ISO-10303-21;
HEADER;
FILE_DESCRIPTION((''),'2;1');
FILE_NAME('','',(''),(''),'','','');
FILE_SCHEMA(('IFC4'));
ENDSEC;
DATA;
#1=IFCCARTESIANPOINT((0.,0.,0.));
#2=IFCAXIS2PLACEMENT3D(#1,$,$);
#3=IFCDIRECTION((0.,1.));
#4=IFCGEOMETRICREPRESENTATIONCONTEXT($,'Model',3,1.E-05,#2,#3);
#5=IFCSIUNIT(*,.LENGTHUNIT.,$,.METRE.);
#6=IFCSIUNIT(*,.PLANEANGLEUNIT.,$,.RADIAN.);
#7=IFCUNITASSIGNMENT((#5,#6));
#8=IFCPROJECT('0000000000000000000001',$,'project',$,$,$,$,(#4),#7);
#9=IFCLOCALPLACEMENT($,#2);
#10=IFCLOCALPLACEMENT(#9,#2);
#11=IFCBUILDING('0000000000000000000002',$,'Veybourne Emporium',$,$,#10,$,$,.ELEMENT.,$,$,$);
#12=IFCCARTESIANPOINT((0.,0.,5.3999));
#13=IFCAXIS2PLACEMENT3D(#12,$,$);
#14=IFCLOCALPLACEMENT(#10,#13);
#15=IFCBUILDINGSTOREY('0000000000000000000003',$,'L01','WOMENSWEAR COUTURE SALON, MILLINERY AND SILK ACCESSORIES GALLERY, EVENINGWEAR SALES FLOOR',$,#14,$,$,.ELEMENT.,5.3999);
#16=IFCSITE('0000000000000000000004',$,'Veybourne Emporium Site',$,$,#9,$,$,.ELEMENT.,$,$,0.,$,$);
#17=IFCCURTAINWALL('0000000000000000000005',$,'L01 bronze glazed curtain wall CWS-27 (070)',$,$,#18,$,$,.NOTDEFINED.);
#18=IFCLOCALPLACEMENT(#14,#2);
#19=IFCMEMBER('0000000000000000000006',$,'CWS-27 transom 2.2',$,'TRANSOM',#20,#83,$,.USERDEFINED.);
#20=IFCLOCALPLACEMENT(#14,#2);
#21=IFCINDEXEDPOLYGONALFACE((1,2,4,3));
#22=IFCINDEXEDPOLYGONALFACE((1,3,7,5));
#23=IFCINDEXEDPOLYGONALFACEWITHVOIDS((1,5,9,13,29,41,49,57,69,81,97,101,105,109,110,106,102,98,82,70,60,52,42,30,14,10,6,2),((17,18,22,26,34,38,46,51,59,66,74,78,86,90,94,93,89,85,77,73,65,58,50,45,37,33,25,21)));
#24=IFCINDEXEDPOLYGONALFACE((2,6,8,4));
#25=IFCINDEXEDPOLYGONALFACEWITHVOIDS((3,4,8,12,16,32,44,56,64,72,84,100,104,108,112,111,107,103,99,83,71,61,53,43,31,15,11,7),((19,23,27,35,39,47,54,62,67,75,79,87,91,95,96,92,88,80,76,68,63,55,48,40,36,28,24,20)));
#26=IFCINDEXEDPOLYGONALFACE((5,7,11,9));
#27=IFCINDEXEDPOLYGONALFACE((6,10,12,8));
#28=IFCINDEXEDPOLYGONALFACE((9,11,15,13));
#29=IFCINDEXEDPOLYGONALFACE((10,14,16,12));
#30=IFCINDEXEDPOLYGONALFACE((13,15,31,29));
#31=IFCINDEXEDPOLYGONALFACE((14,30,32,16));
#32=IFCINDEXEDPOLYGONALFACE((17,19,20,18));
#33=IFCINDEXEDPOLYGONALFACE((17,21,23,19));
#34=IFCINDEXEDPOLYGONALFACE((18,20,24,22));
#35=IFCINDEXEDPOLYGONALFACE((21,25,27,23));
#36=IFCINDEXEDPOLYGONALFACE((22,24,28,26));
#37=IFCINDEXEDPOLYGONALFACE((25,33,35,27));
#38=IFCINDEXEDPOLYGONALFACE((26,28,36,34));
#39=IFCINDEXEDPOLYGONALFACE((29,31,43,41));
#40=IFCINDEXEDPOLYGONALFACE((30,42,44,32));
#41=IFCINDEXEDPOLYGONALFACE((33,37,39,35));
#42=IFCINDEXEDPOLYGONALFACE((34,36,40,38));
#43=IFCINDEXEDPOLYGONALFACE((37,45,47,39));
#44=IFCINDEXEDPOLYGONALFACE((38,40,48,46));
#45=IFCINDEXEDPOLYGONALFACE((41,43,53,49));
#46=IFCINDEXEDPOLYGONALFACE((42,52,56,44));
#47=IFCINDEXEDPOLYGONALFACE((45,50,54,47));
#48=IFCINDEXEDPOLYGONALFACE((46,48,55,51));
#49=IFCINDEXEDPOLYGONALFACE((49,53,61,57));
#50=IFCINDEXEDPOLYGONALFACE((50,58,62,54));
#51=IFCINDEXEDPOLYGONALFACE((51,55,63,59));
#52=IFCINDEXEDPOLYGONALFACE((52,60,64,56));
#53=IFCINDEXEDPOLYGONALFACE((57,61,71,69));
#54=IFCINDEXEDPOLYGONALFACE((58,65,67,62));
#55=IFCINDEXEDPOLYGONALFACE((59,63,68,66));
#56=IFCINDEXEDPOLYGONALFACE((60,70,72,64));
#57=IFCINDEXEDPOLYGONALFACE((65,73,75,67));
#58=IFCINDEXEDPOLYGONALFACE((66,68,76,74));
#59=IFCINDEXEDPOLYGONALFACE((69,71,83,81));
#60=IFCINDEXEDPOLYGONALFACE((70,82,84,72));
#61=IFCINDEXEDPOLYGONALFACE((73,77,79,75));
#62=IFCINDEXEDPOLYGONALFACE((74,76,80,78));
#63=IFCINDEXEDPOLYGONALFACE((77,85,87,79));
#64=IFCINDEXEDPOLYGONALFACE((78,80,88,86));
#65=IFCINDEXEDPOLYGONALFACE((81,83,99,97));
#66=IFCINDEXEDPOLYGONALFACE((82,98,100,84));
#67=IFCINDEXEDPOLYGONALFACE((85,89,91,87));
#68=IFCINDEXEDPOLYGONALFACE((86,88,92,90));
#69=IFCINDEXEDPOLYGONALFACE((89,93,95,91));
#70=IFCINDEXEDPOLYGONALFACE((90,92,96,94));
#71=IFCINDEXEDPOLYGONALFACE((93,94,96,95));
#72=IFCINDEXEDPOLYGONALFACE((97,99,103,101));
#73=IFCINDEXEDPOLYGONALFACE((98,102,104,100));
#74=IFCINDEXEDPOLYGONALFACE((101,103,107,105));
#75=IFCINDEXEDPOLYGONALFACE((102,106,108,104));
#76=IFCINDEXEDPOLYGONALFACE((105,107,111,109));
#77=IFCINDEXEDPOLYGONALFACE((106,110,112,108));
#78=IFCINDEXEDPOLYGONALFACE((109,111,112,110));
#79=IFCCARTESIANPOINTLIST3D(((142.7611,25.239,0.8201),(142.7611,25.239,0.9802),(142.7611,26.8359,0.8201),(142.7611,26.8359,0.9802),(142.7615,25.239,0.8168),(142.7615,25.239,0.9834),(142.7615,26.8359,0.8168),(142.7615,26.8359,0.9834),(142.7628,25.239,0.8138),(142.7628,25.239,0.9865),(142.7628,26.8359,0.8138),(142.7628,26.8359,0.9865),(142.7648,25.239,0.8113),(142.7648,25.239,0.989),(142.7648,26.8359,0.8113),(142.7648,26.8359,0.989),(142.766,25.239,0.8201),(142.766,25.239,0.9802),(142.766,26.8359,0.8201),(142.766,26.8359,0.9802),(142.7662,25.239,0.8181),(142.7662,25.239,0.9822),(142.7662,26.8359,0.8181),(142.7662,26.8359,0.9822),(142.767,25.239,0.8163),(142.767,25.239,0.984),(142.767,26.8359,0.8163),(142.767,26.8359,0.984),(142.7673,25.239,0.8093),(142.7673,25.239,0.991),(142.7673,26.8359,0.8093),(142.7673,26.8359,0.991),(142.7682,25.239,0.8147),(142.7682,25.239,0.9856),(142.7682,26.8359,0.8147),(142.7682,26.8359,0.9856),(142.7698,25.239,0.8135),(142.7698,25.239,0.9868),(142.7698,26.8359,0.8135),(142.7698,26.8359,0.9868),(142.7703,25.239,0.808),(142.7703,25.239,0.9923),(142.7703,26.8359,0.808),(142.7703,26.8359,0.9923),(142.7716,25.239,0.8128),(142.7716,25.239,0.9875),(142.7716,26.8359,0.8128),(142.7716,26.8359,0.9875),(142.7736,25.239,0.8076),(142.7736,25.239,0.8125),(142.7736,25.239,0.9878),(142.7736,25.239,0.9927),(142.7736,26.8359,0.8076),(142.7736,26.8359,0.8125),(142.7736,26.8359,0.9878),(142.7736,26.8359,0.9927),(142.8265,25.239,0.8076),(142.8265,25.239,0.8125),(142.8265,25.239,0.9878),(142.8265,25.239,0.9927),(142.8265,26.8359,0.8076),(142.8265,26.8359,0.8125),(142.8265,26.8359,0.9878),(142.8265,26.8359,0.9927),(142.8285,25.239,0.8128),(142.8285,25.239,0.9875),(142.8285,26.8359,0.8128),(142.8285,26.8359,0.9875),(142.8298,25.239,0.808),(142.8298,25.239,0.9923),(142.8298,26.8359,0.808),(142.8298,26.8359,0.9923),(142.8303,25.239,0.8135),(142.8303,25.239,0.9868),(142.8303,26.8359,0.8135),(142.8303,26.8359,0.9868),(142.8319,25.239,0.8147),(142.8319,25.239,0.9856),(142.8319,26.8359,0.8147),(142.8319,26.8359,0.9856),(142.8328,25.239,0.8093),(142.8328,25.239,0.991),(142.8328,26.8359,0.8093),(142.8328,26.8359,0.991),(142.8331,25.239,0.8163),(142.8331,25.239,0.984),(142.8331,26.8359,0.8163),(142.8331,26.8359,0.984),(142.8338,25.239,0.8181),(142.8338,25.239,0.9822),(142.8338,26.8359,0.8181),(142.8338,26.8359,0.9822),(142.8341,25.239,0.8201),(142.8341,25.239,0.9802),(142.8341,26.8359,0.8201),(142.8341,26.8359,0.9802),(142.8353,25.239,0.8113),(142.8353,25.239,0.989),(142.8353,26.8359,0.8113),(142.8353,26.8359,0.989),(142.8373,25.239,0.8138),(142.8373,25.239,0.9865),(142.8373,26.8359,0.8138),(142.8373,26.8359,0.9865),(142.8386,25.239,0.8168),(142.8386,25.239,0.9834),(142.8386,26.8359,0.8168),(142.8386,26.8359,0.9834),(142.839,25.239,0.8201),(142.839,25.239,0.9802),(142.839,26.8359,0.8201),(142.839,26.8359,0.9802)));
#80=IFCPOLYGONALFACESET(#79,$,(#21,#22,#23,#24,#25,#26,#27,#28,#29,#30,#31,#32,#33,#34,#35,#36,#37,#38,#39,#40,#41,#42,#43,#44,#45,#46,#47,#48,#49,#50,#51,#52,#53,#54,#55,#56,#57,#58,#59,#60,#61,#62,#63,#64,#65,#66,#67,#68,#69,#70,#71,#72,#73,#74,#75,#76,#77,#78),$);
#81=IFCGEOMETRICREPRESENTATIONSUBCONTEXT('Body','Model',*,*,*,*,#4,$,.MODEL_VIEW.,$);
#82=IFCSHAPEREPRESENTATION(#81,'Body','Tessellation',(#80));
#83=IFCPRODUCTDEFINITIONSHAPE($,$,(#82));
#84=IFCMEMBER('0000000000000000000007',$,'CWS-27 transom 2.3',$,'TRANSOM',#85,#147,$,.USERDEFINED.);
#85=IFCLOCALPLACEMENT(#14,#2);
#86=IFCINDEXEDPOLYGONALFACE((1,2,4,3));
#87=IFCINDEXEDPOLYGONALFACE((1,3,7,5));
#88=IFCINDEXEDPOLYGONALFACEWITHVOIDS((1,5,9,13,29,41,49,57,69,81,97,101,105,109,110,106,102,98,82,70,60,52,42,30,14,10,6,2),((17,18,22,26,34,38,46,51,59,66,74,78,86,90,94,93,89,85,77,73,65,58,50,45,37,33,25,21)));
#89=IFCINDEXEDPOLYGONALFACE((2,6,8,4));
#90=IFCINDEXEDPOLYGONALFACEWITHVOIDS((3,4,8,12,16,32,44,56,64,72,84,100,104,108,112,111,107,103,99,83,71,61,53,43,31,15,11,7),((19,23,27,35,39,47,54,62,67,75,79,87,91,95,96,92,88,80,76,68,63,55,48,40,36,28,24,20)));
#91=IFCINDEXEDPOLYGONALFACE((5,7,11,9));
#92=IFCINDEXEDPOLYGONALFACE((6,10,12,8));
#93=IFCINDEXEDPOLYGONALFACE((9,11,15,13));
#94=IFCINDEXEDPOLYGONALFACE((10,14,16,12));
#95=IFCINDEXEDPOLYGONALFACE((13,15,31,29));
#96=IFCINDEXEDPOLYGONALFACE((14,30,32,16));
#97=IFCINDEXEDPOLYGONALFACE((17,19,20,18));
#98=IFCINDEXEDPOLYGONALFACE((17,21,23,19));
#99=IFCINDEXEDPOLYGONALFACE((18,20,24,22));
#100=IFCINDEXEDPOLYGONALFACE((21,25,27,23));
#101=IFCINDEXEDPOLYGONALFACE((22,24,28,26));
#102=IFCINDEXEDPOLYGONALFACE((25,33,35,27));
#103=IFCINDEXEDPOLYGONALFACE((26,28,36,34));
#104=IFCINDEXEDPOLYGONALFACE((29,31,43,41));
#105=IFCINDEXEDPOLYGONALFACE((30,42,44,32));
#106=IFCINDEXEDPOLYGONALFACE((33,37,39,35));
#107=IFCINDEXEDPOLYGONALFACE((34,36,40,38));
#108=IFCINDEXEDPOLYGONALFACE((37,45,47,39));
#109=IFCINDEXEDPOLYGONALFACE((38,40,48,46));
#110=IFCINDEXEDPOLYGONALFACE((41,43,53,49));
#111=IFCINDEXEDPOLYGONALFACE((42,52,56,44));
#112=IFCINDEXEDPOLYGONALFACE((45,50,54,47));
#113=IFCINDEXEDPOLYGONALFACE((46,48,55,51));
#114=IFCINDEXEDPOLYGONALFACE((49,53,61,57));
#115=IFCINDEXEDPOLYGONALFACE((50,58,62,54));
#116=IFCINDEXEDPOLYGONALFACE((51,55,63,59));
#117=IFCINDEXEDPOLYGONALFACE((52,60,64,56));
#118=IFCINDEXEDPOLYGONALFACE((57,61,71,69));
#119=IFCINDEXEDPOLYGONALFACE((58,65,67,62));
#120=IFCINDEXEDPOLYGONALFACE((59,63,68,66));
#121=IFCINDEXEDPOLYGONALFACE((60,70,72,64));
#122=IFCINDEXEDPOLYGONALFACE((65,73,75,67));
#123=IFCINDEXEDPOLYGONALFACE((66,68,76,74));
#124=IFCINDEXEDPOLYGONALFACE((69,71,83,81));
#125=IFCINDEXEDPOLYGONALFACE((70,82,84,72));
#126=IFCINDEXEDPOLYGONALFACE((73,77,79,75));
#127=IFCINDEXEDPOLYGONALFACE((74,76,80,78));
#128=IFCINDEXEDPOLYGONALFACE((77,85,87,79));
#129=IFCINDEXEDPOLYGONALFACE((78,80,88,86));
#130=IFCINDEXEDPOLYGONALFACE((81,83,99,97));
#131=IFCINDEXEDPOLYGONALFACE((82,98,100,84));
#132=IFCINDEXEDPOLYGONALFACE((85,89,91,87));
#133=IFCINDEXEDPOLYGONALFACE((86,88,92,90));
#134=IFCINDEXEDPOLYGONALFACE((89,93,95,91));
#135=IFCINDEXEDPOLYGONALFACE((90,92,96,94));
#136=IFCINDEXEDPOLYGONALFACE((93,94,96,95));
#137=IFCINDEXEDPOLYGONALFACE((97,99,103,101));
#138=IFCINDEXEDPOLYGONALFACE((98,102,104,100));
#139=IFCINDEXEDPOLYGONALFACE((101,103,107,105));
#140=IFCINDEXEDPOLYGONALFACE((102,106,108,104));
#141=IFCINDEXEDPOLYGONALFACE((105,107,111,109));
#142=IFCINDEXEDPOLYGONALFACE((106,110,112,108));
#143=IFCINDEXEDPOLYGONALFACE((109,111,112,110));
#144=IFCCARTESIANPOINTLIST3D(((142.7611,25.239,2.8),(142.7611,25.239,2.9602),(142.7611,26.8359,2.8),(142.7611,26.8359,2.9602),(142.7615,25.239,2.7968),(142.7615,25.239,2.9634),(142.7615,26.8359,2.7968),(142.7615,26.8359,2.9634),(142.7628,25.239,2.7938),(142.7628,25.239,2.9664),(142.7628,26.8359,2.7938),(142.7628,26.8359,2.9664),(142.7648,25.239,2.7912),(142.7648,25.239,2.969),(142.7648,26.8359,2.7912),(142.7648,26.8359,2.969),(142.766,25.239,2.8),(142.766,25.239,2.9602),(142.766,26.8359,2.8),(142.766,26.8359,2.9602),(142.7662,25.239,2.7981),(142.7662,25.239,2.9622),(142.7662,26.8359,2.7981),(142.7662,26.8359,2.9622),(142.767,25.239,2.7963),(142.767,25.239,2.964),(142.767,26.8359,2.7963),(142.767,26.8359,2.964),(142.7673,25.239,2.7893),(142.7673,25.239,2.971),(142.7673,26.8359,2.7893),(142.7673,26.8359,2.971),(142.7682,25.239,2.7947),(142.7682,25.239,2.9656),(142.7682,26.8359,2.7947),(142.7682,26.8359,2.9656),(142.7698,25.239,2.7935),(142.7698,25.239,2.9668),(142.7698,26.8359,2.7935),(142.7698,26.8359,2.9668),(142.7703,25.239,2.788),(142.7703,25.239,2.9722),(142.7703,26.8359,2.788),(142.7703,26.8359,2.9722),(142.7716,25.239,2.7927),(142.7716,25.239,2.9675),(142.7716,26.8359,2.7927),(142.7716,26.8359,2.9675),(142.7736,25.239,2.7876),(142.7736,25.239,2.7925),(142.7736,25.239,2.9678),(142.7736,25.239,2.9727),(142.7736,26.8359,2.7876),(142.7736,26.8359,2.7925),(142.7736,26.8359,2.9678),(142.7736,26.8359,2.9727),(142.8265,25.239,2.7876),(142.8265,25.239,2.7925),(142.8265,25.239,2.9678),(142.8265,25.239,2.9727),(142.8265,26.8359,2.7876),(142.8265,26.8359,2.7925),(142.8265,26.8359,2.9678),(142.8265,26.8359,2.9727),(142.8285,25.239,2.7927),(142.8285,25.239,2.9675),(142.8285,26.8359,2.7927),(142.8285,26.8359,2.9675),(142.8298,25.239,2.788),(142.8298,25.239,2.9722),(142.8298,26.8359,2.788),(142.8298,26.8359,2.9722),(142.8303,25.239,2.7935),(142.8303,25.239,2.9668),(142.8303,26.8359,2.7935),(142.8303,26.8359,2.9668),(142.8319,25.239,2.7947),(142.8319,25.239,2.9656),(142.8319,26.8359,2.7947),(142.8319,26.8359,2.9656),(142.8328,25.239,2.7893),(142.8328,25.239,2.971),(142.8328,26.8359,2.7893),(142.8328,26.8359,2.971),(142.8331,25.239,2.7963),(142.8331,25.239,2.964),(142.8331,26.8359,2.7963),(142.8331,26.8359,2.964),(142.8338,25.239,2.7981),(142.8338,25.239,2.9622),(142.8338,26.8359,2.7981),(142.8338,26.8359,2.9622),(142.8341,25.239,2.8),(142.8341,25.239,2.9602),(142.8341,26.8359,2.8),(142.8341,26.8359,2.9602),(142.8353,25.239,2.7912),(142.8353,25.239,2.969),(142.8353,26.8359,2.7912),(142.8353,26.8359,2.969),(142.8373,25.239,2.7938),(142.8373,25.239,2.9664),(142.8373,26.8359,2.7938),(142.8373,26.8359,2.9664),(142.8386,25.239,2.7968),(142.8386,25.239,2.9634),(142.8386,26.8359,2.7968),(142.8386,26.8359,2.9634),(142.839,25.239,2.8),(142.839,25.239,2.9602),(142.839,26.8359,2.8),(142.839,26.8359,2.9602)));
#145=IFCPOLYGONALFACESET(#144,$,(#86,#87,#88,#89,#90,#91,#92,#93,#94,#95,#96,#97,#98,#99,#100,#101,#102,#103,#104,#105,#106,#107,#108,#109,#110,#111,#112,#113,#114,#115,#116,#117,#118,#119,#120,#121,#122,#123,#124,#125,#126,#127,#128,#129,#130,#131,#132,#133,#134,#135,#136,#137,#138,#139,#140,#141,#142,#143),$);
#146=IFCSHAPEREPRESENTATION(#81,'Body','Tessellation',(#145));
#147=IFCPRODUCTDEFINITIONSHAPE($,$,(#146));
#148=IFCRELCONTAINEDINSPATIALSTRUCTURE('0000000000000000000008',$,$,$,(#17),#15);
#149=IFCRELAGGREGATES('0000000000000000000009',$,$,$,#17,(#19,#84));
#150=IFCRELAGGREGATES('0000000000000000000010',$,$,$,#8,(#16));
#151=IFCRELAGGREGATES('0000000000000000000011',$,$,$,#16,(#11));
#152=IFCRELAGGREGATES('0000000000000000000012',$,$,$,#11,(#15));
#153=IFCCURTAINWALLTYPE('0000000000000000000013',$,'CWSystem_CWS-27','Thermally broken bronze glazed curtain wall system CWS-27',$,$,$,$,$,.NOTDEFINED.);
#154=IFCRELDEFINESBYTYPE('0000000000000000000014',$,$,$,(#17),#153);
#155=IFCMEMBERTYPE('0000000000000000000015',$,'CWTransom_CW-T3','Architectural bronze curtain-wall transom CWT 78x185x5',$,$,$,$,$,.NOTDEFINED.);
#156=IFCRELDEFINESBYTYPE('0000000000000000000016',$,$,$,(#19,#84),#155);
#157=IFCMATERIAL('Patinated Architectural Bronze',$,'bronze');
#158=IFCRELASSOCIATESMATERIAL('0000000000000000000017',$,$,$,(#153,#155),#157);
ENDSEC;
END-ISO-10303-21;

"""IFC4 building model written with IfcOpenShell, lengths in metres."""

from ifc_helpers import new_model, si_unit, direction, frame, origin, origin_2d, place, context, subcontext, project, spatial, hollow_rectangle, extrude, material, material_profile, profile_set, type_object, element, aggregate, save


model = new_model("IFC4")

# Units and contexts
model_context = context("Model", 3, precision=1e-05, world=origin(), true_north=direction((0.0, 1.0)))
body_context = subcontext(model_context, "Body", "Model", "MODEL_VIEW")
ifc_project = project(units=[si_unit("LENGTHUNIT", "METRE"), si_unit("PLANEANGLEUNIT", "RADIAN")], contexts=[model_context])

# Site, building, storey
site_placement = place(None, origin())
site = spatial("IfcSite", under=ifc_project, at=site_placement, Name="Veybourne Emporium Site", CompositionType="ELEMENT", RefElevation=0.0)
building_placement = place(site_placement, origin())
building = spatial("IfcBuilding", under=site, at=building_placement, Name="Veybourne Emporium", CompositionType="ELEMENT")
storey_placement = place(building_placement, frame((0.0, 0.0, 5.3999)))
storey = spatial("IfcBuildingStorey", under=building, at=storey_placement, Name="L01", Description="WOMENSWEAR COUTURE SALON, MILLINERY AND SILK ACCESSORIES GALLERY, EVENINGWEAR SALES FLOOR", CompositionType="ELEMENT", Elevation=5.3999)

# Curtain wall, members
ifc_material_1 = material(Name="Patinated Architectural Bronze", Category="bronze")
curtain_wall_type = type_object("IfcCurtainWallType", Name="CWSystem_CWS-27", Description="Thermally broken bronze glazed curtain wall system CWS-27", PredefinedType="NOTDEFINED", material=ifc_material_1)
curtain_wall_placement = place(storey_placement, origin())
curtain_wall = element("IfcCurtainWall", 1, at=curtain_wall_placement, inside=storey, type_object=curtain_wall_type, Name="L01 bronze glazed curtain wall CWS-27 (070)", PredefinedType="NOTDEFINED")
ifc_material_profile_1 = material_profile(ifc_material_1, hollow_rectangle(XDim=0.0779, YDim=0.1851, WallThickness=0.0049, InnerFilletRadius=0.0076, OuterFilletRadius=0.0125, at=origin_2d()), Name="CWT 78x185x5")
ifc_profile_set_1 = profile_set([ifc_material_profile_1], Name="Patinated Architectural Bronze")
member_type_1 = type_object("IfcMemberType", Name="CWTransom_CW-T3", Description="Architectural bronze curtain-wall transom CWT 78x185x5", PredefinedType="NOTDEFINED", material=ifc_profile_set_1)
member_1_placement = place(storey_placement, frame((142.8, 26.8359, 0.9001), z_axis=(0.0, -1.0, 0.0), x_axis=(1.0, 0.0, 0.0)))
member_1 = element("IfcMember", 2, at=member_1_placement, type_object=member_type_1, Name="CWS-27 transom 2.2", ObjectType="TRANSOM", PredefinedType="USERDEFINED", context=body_context, shape_type="SweptSolid", body=[
    extrude(hollow_rectangle(XDim=0.0779, YDim=0.1851, WallThickness=0.0049, InnerFilletRadius=0.0076, OuterFilletRadius=0.0125, at=origin_2d()), origin(), (0.0, 0.0, 1.0), 1.5969),
])
member_2_placement = place(storey_placement, frame((142.8, 26.8359, 2.8801), z_axis=(0.0, -1.0, 0.0), x_axis=(1.0, 0.0, 0.0)))
member_2 = element("IfcMember", 3, at=member_2_placement, type_object=member_type_1, Name="CWS-27 transom 2.3", ObjectType="TRANSOM", PredefinedType="USERDEFINED", context=body_context, shape_type="SweptSolid", body=[
    extrude(hollow_rectangle(XDim=0.0779, YDim=0.1851, WallThickness=0.0049, InnerFilletRadius=0.0076, OuterFilletRadius=0.0125, at=origin_2d()), origin(), (0.0, 0.0, 1.0), 1.5969),
])
aggregate(curtain_wall, [member_1, member_2])

save(model, "model.ifc")
